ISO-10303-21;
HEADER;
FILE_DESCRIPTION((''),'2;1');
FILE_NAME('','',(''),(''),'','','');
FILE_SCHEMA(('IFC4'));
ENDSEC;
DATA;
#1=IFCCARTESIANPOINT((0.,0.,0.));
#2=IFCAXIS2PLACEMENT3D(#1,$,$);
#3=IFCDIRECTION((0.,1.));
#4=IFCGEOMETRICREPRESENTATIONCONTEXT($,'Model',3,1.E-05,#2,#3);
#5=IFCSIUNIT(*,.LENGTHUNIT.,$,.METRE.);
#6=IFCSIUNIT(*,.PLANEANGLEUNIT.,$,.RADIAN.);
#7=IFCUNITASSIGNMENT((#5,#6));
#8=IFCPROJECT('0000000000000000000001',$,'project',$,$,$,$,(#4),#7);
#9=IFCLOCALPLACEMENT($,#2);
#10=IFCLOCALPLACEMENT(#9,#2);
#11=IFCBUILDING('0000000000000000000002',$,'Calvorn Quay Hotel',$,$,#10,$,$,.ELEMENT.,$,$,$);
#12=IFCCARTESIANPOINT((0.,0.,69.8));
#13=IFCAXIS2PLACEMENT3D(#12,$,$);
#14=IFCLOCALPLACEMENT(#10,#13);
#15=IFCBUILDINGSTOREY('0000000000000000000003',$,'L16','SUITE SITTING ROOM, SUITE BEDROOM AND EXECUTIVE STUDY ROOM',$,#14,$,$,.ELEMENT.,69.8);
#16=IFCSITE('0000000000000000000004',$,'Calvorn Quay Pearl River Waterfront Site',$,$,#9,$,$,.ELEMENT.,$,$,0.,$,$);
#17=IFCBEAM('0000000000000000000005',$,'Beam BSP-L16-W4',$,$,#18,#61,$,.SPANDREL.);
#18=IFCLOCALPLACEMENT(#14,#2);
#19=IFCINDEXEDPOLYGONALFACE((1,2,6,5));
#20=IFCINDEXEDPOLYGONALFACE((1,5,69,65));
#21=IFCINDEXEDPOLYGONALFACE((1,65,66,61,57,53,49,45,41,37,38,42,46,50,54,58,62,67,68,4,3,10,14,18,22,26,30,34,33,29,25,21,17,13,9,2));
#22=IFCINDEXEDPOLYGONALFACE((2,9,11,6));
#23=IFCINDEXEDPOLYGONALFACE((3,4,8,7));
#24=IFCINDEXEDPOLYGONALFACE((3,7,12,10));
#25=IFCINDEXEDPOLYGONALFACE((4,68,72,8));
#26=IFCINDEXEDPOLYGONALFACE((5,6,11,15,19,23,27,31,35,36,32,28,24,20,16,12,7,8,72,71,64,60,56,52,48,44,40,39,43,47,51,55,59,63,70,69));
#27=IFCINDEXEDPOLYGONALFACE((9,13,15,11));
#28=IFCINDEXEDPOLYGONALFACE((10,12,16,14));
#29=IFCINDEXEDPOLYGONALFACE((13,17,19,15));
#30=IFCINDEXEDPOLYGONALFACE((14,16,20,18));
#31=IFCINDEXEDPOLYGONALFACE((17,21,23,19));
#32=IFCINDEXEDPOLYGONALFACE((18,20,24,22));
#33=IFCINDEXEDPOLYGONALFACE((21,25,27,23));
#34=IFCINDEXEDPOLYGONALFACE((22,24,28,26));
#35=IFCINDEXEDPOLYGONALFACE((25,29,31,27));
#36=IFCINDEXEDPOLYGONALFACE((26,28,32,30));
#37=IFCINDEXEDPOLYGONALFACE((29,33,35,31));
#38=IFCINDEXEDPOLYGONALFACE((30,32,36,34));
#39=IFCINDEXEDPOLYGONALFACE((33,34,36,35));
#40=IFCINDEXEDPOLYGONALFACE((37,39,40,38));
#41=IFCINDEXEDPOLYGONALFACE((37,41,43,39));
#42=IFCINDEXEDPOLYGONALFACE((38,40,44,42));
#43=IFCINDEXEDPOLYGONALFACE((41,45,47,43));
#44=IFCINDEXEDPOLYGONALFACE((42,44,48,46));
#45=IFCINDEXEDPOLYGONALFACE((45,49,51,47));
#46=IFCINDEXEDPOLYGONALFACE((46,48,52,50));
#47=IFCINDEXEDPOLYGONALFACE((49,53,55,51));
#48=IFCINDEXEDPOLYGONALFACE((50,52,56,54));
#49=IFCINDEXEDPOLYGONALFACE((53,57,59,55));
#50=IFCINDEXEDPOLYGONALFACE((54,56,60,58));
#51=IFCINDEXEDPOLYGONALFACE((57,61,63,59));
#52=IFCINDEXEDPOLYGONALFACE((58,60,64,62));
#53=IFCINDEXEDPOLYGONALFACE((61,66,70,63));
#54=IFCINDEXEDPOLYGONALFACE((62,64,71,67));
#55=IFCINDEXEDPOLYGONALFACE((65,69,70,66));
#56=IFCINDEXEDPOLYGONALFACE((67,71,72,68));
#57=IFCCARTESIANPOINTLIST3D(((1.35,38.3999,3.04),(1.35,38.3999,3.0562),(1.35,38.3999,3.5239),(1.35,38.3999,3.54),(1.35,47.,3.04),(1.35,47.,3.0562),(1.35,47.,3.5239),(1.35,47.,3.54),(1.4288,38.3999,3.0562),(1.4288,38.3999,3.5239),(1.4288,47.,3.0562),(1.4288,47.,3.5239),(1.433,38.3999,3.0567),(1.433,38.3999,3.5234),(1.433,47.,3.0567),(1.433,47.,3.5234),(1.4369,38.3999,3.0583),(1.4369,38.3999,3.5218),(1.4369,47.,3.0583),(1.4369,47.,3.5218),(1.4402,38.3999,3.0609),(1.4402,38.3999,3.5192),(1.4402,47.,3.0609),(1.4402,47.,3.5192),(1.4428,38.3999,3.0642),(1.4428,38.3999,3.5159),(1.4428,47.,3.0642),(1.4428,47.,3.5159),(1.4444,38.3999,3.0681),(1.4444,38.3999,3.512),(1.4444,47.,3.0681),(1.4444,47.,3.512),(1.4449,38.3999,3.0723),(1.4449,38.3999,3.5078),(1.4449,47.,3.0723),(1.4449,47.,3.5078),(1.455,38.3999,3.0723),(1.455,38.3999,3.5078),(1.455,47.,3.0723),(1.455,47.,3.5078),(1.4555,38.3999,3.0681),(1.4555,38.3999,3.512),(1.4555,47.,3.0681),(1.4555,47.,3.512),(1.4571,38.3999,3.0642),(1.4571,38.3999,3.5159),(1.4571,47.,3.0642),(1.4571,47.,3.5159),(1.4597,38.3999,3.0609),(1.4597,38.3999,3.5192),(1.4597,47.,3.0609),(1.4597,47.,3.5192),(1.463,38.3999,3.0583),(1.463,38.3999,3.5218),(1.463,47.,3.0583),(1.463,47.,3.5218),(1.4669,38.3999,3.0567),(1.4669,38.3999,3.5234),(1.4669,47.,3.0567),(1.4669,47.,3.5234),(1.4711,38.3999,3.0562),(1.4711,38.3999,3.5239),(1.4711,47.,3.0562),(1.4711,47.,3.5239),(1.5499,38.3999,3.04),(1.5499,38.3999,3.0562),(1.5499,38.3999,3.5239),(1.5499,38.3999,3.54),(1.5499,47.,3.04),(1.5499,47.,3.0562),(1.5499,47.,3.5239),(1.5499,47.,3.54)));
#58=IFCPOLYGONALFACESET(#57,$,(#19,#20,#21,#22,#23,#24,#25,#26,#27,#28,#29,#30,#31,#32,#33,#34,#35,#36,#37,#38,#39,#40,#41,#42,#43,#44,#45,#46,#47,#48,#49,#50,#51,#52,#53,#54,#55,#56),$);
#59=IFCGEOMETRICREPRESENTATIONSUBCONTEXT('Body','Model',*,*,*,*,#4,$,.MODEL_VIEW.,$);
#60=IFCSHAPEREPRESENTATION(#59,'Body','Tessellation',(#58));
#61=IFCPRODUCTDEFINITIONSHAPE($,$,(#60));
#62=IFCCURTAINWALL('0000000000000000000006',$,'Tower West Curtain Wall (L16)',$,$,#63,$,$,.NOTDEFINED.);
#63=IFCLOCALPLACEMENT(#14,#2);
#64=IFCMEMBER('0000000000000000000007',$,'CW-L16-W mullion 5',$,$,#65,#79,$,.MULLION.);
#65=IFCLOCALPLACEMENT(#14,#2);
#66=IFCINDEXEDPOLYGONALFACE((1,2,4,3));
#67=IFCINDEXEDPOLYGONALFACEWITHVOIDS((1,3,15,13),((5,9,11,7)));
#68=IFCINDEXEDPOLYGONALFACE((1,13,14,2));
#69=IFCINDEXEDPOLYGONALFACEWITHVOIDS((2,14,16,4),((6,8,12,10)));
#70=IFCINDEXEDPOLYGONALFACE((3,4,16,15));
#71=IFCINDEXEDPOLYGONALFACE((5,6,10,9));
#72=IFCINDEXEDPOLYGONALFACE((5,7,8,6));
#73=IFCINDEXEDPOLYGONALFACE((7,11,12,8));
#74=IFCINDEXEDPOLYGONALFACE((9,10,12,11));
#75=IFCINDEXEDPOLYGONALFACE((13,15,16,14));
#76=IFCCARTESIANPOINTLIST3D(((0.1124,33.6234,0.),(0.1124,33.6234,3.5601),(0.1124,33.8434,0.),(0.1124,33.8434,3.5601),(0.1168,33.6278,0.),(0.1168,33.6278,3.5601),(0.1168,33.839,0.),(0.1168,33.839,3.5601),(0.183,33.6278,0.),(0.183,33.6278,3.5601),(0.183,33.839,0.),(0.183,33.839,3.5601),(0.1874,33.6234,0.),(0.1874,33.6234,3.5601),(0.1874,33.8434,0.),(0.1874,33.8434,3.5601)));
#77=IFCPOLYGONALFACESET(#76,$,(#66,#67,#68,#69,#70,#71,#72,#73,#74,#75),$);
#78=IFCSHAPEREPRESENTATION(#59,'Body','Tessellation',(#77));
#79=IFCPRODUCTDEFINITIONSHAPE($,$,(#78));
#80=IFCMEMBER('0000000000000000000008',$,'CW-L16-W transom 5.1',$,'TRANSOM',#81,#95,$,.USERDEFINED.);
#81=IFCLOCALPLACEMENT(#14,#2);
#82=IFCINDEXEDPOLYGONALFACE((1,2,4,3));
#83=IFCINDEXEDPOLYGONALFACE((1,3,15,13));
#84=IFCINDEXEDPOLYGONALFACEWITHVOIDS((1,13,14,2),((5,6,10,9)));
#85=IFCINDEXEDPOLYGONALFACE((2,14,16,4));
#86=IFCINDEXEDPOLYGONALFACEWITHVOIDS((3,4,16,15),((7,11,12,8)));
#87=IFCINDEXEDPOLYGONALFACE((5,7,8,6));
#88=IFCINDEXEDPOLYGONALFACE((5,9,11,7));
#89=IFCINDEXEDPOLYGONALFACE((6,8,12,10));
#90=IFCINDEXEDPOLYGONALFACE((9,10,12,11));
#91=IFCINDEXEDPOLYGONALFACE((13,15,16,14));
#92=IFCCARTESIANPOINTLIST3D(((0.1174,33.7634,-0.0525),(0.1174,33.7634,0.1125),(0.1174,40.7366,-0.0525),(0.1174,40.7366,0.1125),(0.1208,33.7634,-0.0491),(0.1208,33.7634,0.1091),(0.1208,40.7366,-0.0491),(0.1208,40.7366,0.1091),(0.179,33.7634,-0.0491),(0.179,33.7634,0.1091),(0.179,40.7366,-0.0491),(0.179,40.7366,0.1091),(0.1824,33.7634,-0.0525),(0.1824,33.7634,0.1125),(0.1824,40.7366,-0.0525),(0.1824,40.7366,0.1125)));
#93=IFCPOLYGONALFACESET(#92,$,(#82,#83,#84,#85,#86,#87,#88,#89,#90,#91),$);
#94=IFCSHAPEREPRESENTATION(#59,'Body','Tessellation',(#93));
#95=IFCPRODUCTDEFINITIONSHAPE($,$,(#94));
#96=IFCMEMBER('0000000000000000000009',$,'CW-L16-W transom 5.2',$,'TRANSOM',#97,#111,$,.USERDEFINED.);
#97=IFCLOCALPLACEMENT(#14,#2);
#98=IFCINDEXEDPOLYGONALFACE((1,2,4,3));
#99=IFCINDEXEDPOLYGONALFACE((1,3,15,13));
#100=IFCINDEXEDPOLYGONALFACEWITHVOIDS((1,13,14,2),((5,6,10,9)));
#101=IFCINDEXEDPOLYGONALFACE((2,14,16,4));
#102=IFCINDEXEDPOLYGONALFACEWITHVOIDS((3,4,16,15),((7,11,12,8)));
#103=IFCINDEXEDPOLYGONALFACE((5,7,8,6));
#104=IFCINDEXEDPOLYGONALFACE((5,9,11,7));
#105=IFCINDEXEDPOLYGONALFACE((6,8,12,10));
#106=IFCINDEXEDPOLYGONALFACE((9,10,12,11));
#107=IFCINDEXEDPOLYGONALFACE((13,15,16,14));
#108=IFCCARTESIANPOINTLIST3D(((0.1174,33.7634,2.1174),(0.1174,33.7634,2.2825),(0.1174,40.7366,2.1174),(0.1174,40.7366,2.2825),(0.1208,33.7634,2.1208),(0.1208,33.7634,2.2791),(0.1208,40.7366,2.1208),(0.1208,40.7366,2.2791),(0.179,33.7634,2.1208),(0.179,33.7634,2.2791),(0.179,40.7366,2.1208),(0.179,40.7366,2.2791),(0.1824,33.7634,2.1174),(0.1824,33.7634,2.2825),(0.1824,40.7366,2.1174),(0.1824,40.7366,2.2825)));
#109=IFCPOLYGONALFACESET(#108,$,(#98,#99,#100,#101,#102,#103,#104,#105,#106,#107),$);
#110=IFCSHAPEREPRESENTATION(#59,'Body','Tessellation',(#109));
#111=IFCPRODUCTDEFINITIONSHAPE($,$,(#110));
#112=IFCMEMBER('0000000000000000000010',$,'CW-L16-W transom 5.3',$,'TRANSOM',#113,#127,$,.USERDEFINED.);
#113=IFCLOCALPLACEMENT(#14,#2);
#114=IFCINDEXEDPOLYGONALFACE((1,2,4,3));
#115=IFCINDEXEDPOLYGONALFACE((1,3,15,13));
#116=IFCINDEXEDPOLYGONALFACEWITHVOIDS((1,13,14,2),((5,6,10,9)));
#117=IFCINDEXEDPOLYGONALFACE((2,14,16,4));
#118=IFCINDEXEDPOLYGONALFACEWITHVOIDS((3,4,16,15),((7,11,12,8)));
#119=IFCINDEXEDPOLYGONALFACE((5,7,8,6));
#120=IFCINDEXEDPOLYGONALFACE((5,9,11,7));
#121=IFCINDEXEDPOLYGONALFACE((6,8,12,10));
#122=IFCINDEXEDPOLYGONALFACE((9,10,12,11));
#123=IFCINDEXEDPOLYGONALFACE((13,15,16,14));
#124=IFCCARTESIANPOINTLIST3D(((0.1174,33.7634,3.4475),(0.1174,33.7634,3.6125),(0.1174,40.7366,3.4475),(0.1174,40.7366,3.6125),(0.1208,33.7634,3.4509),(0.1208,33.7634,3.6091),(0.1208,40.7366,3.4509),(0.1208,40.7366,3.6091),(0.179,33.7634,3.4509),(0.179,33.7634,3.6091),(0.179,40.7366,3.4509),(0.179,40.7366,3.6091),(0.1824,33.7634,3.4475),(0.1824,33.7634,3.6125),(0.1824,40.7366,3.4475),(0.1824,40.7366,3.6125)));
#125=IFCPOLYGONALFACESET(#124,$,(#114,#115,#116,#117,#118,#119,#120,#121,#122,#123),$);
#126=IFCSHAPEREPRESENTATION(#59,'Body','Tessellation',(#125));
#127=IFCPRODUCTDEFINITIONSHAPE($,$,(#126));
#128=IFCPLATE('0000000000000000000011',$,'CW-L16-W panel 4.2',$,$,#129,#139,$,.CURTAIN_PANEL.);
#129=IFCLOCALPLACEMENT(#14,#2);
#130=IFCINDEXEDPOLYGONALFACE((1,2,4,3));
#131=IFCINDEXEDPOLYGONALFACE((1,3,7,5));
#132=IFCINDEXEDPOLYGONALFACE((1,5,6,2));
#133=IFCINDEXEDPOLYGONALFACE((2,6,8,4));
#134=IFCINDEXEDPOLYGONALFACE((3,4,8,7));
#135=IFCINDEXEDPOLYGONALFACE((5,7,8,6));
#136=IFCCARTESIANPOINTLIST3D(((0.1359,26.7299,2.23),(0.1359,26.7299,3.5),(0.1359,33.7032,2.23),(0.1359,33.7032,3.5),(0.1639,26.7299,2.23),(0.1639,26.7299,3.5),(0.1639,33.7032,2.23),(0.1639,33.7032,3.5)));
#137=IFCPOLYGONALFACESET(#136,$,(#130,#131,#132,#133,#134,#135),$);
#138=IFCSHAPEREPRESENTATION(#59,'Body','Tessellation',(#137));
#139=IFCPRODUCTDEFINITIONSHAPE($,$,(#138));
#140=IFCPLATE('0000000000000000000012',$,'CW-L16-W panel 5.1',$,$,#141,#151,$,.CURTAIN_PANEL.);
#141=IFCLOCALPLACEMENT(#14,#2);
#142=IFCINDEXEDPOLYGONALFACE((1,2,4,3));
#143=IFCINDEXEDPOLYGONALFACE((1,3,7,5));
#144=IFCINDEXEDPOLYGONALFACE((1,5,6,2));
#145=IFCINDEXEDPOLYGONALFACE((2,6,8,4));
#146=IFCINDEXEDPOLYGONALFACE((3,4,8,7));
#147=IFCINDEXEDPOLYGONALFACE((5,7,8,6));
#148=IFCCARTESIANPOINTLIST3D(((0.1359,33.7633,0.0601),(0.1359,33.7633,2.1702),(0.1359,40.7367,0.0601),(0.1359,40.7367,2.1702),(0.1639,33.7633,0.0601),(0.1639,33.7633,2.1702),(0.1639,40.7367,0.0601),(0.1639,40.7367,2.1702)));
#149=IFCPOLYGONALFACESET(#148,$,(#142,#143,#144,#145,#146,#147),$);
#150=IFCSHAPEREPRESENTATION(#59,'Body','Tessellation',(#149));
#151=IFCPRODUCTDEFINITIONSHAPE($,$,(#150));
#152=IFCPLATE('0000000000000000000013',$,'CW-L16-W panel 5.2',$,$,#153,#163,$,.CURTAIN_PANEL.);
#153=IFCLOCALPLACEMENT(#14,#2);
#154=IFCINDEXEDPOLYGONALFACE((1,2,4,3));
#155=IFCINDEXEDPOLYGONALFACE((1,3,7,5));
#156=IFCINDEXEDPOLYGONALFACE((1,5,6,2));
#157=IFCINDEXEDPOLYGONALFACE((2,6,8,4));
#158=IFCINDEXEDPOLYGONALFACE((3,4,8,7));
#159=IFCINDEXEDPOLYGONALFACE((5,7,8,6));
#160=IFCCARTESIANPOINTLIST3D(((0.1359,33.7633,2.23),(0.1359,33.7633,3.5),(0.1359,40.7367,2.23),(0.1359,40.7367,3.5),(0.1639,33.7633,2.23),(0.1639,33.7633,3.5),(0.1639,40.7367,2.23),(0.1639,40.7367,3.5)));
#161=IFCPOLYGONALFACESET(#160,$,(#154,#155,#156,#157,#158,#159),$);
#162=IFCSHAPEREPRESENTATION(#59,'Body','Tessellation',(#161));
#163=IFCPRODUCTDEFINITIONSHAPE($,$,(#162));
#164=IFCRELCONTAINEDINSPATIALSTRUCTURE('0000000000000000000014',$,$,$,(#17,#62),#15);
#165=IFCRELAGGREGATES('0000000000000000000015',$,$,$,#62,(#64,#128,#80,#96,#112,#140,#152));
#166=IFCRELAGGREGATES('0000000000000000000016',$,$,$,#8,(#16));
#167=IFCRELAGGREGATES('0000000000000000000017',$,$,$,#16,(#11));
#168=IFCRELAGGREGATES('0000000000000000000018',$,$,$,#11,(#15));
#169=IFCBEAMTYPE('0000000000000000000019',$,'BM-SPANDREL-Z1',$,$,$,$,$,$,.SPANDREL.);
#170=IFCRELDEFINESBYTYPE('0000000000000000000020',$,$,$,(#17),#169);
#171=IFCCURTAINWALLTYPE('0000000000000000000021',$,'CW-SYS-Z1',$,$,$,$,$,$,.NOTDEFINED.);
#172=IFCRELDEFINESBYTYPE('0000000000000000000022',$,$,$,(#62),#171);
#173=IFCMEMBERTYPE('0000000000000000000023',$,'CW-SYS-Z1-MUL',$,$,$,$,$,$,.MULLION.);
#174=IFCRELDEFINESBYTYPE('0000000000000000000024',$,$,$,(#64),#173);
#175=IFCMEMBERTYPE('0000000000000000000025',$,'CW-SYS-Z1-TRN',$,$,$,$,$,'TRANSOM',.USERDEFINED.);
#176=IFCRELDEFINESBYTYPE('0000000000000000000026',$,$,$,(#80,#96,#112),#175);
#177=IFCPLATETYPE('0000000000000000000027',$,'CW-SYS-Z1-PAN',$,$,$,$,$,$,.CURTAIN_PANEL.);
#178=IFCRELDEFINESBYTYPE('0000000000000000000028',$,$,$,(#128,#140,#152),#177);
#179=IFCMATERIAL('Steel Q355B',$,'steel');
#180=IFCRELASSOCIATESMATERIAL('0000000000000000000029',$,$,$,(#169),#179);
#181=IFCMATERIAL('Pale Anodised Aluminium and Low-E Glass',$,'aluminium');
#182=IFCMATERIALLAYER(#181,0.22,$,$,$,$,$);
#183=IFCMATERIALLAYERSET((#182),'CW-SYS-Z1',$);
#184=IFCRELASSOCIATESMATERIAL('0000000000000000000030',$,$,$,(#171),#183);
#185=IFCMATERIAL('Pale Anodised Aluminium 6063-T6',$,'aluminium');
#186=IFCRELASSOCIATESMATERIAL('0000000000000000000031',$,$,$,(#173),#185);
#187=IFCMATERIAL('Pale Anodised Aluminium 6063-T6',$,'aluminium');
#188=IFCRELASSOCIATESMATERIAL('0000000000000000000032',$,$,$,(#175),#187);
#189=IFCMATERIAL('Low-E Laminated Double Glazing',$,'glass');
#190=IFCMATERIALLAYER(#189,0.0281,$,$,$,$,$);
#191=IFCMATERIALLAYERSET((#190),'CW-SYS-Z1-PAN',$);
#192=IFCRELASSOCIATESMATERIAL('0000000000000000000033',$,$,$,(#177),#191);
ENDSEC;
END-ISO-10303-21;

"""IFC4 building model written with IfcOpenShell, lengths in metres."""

from ifc_helpers import new_model, si_unit, direction, frame, origin, origin_2d, place, context, subcontext, project, spatial, rectangle, hollow_rectangle, i_section, extrude, material, layer, layer_set, material_profile, profile_set, type_object, element, aggregate, save


model = new_model("IFC4")

# Units and contexts
model_context = context("Model", 3, precision=1e-05, world=origin(), true_north=direction((0.0, 1.0)))
body_context = subcontext(model_context, "Body", "Model", "MODEL_VIEW")
ifc_project = project(units=[si_unit("LENGTHUNIT", "METRE"), si_unit("PLANEANGLEUNIT", "RADIAN")], contexts=[model_context])

# Site, building, storey
site_placement = place(None, origin())
site = spatial("IfcSite", under=ifc_project, at=site_placement, Name="Calvorn Quay Pearl River Waterfront Site", CompositionType="ELEMENT", RefElevation=0.0)
building_placement = place(site_placement, origin())
building = spatial("IfcBuilding", under=site, at=building_placement, Name="Calvorn Quay Hotel", CompositionType="ELEMENT")
storey_placement = place(building_placement, frame((0.0, 0.0, 69.8)))
storey = spatial("IfcBuildingStorey", under=building, at=storey_placement, Name="L16", Description="SUITE SITTING ROOM, SUITE BEDROOM AND EXECUTIVE STUDY ROOM", CompositionType="ELEMENT", Elevation=69.8)

# Beam
ifc_material_1 = material(Name="Steel Q355B", Category="steel")
ifc_material_profile_1 = material_profile(ifc_material_1, i_section(OverallWidth=0.2, OverallDepth=0.5, WebThickness=0.01, FlangeThickness=0.0161, FilletRadius=0.0161, at=origin_2d()), Name="HN500x200x10x16")
ifc_profile_set_1 = profile_set([ifc_material_profile_1], Name="Steel Q355B")
beam_type_1 = type_object("IfcBeamType", Name="BM-SPANDREL-Z1", PredefinedType="SPANDREL", material=ifc_profile_set_1)
beam_1_placement = place(storey_placement, frame((1.45, 38.3999, 3.29), z_axis=(0.0, 1.0, 0.0), x_axis=(-1.0, 0.0, 0.0)))
element("IfcBeam", 1, at=beam_1_placement, inside=storey, type_object=beam_type_1, Name="Beam BSP-L16-W4", PredefinedType="SPANDREL", context=body_context, shape_type="SweptSolid", body=[
    extrude(i_section(OverallWidth=0.2, OverallDepth=0.5, WebThickness=0.01, FlangeThickness=0.0161, FilletRadius=0.0161, at=origin_2d()), origin(), (0.0, 0.0, 1.0), 8.6001),
])

# Curtain wall, members, plates
ifc_material_2 = material(Name="Pale Anodised Aluminium and Low-E Glass", Category="aluminium")
ifc_layer_1 = layer(ifc_material_2, 0.22)
ifc_layer_set_1 = layer_set([ifc_layer_1], Name="CW-SYS-Z1")
curtain_wall_type = type_object("IfcCurtainWallType", Name="CW-SYS-Z1", PredefinedType="NOTDEFINED", material=ifc_layer_set_1)
curtain_wall_placement = place(storey_placement, origin())
curtain_wall = element("IfcCurtainWall", 2, at=curtain_wall_placement, inside=storey, type_object=curtain_wall_type, Name="Tower West Curtain Wall (L16)", PredefinedType="NOTDEFINED")
ifc_material_3 = material(Name="Pale Anodised Aluminium 6063-T6", Category="aluminium")
ifc_material_profile_2 = material_profile(ifc_material_3, hollow_rectangle(XDim=0.075, YDim=0.22, WallThickness=0.0044, at=origin_2d()), Name="ALU-M220x75x4.5")
ifc_profile_set_2 = profile_set([ifc_material_profile_2], Name="Pale Anodised Aluminium 6063-T6")
member_type_1 = type_object("IfcMemberType", Name="CW-SYS-Z1-MUL", PredefinedType="MULLION", material=ifc_profile_set_2)
member_1_placement = place(storey_placement, frame((0.1499, 33.7334, 0.0), z_axis=(0.0, 0.0, 1.0), x_axis=(-1.0, 0.0, 0.0)))
member_1 = element("IfcMember", 3, at=member_1_placement, type_object=member_type_1, Name="CW-L16-W mullion 5", PredefinedType="MULLION", context=body_context, shape_type="SweptSolid", body=[
    extrude(hollow_rectangle(XDim=0.075, YDim=0.22, WallThickness=0.0044, at=origin_2d()), origin(), (0.0, 0.0, 1.0), 3.5601),
])
ifc_material_4 = material(Name="Pale Anodised Aluminium 6063-T6", Category="aluminium")
ifc_material_profile_3 = material_profile(ifc_material_4, hollow_rectangle(XDim=0.0649, YDim=0.165, WallThickness=0.0034, at=origin_2d()), Name="ALU-T165x65x3.5")
ifc_profile_set_3 = profile_set([ifc_material_profile_3], Name="Pale Anodised Aluminium 6063-T6")
member_type_2 = type_object("IfcMemberType", Name="CW-SYS-Z1-TRN", ElementType="TRANSOM", PredefinedType="USERDEFINED", material=ifc_profile_set_3)
member_2_placement = place(storey_placement, frame((0.1499, 33.7634, 0.03), z_axis=(0.0, 1.0, 0.0), x_axis=(-1.0, 0.0, 0.0)))
member_2 = element("IfcMember", 4, at=member_2_placement, type_object=member_type_2, Name="CW-L16-W transom 5.1", ObjectType="TRANSOM", PredefinedType="USERDEFINED", context=body_context, shape_type="SweptSolid", body=[
    extrude(hollow_rectangle(XDim=0.0649, YDim=0.165, WallThickness=0.0034, at=origin_2d()), origin(), (0.0, 0.0, 1.0), 6.9731),
])
member_3_placement = place(storey_placement, frame((0.1499, 33.7634, 2.2), z_axis=(0.0, 1.0, 0.0), x_axis=(-1.0, 0.0, 0.0)))
member_3 = element("IfcMember", 5, at=member_3_placement, type_object=member_type_2, Name="CW-L16-W transom 5.2", ObjectType="TRANSOM", PredefinedType="USERDEFINED", context=body_context, shape_type="SweptSolid", body=[
    extrude(hollow_rectangle(XDim=0.0649, YDim=0.165, WallThickness=0.0034, at=origin_2d()), origin(), (0.0, 0.0, 1.0), 6.9731),
])
member_4_placement = place(storey_placement, frame((0.1499, 33.7634, 3.53), z_axis=(0.0, 1.0, 0.0), x_axis=(-1.0, 0.0, 0.0)))
member_4 = element("IfcMember", 6, at=member_4_placement, type_object=member_type_2, Name="CW-L16-W transom 5.3", ObjectType="TRANSOM", PredefinedType="USERDEFINED", context=body_context, shape_type="SweptSolid", body=[
    extrude(hollow_rectangle(XDim=0.0649, YDim=0.165, WallThickness=0.0034, at=origin_2d()), origin(), (0.0, 0.0, 1.0), 6.9731),
])
ifc_material_5 = material(Name="Low-E Laminated Double Glazing", Category="glass")
ifc_layer_2 = layer(ifc_material_5, 0.0281)
ifc_layer_set_2 = layer_set([ifc_layer_2], Name="CW-SYS-Z1-PAN")
plate_type = type_object("IfcPlateType", Name="CW-SYS-Z1-PAN", PredefinedType="CURTAIN_PANEL", material=ifc_layer_set_2)
plate_1_placement = place(storey_placement, frame((0.1499, 30.2166, 2.23), z_axis=(0.0, 0.0, 1.0), x_axis=(0.0, 1.0, 0.0)))
plate_1 = element("IfcPlate", 7, at=plate_1_placement, type_object=plate_type, Name="CW-L16-W panel 4.2", PredefinedType="CURTAIN_PANEL", context=body_context, shape_type="SweptSolid", body=[
    extrude(rectangle(XDim=6.9734, YDim=0.0281, at=origin_2d()), origin(), (0.0, 0.0, 1.0), 1.27),
])
plate_2_placement = place(storey_placement, frame((0.1499, 37.25, 0.0601), z_axis=(0.0, 0.0, 1.0), x_axis=(0.0, 1.0, 0.0)))
plate_2 = element("IfcPlate", 8, at=plate_2_placement, type_object=plate_type, Name="CW-L16-W panel 5.1", PredefinedType="CURTAIN_PANEL", context=body_context, shape_type="SweptSolid", body=[
    extrude(rectangle(XDim=6.9734, YDim=0.0281, at=origin_2d()), origin(), (0.0, 0.0, 1.0), 2.1101),
])
plate_3_placement = place(storey_placement, frame((0.1499, 37.25, 2.23), z_axis=(0.0, 0.0, 1.0), x_axis=(0.0, 1.0, 0.0)))
plate_3 = element("IfcPlate", 9, at=plate_3_placement, type_object=plate_type, Name="CW-L16-W panel 5.2", PredefinedType="CURTAIN_PANEL", context=body_context, shape_type="SweptSolid", body=[
    extrude(rectangle(XDim=6.9734, YDim=0.0281, at=origin_2d()), origin(), (0.0, 0.0, 1.0), 1.27),
])
aggregate(curtain_wall, [member_1, plate_1, member_2, member_3, member_4, plate_2, plate_3])

save(model, "model.ifc")
